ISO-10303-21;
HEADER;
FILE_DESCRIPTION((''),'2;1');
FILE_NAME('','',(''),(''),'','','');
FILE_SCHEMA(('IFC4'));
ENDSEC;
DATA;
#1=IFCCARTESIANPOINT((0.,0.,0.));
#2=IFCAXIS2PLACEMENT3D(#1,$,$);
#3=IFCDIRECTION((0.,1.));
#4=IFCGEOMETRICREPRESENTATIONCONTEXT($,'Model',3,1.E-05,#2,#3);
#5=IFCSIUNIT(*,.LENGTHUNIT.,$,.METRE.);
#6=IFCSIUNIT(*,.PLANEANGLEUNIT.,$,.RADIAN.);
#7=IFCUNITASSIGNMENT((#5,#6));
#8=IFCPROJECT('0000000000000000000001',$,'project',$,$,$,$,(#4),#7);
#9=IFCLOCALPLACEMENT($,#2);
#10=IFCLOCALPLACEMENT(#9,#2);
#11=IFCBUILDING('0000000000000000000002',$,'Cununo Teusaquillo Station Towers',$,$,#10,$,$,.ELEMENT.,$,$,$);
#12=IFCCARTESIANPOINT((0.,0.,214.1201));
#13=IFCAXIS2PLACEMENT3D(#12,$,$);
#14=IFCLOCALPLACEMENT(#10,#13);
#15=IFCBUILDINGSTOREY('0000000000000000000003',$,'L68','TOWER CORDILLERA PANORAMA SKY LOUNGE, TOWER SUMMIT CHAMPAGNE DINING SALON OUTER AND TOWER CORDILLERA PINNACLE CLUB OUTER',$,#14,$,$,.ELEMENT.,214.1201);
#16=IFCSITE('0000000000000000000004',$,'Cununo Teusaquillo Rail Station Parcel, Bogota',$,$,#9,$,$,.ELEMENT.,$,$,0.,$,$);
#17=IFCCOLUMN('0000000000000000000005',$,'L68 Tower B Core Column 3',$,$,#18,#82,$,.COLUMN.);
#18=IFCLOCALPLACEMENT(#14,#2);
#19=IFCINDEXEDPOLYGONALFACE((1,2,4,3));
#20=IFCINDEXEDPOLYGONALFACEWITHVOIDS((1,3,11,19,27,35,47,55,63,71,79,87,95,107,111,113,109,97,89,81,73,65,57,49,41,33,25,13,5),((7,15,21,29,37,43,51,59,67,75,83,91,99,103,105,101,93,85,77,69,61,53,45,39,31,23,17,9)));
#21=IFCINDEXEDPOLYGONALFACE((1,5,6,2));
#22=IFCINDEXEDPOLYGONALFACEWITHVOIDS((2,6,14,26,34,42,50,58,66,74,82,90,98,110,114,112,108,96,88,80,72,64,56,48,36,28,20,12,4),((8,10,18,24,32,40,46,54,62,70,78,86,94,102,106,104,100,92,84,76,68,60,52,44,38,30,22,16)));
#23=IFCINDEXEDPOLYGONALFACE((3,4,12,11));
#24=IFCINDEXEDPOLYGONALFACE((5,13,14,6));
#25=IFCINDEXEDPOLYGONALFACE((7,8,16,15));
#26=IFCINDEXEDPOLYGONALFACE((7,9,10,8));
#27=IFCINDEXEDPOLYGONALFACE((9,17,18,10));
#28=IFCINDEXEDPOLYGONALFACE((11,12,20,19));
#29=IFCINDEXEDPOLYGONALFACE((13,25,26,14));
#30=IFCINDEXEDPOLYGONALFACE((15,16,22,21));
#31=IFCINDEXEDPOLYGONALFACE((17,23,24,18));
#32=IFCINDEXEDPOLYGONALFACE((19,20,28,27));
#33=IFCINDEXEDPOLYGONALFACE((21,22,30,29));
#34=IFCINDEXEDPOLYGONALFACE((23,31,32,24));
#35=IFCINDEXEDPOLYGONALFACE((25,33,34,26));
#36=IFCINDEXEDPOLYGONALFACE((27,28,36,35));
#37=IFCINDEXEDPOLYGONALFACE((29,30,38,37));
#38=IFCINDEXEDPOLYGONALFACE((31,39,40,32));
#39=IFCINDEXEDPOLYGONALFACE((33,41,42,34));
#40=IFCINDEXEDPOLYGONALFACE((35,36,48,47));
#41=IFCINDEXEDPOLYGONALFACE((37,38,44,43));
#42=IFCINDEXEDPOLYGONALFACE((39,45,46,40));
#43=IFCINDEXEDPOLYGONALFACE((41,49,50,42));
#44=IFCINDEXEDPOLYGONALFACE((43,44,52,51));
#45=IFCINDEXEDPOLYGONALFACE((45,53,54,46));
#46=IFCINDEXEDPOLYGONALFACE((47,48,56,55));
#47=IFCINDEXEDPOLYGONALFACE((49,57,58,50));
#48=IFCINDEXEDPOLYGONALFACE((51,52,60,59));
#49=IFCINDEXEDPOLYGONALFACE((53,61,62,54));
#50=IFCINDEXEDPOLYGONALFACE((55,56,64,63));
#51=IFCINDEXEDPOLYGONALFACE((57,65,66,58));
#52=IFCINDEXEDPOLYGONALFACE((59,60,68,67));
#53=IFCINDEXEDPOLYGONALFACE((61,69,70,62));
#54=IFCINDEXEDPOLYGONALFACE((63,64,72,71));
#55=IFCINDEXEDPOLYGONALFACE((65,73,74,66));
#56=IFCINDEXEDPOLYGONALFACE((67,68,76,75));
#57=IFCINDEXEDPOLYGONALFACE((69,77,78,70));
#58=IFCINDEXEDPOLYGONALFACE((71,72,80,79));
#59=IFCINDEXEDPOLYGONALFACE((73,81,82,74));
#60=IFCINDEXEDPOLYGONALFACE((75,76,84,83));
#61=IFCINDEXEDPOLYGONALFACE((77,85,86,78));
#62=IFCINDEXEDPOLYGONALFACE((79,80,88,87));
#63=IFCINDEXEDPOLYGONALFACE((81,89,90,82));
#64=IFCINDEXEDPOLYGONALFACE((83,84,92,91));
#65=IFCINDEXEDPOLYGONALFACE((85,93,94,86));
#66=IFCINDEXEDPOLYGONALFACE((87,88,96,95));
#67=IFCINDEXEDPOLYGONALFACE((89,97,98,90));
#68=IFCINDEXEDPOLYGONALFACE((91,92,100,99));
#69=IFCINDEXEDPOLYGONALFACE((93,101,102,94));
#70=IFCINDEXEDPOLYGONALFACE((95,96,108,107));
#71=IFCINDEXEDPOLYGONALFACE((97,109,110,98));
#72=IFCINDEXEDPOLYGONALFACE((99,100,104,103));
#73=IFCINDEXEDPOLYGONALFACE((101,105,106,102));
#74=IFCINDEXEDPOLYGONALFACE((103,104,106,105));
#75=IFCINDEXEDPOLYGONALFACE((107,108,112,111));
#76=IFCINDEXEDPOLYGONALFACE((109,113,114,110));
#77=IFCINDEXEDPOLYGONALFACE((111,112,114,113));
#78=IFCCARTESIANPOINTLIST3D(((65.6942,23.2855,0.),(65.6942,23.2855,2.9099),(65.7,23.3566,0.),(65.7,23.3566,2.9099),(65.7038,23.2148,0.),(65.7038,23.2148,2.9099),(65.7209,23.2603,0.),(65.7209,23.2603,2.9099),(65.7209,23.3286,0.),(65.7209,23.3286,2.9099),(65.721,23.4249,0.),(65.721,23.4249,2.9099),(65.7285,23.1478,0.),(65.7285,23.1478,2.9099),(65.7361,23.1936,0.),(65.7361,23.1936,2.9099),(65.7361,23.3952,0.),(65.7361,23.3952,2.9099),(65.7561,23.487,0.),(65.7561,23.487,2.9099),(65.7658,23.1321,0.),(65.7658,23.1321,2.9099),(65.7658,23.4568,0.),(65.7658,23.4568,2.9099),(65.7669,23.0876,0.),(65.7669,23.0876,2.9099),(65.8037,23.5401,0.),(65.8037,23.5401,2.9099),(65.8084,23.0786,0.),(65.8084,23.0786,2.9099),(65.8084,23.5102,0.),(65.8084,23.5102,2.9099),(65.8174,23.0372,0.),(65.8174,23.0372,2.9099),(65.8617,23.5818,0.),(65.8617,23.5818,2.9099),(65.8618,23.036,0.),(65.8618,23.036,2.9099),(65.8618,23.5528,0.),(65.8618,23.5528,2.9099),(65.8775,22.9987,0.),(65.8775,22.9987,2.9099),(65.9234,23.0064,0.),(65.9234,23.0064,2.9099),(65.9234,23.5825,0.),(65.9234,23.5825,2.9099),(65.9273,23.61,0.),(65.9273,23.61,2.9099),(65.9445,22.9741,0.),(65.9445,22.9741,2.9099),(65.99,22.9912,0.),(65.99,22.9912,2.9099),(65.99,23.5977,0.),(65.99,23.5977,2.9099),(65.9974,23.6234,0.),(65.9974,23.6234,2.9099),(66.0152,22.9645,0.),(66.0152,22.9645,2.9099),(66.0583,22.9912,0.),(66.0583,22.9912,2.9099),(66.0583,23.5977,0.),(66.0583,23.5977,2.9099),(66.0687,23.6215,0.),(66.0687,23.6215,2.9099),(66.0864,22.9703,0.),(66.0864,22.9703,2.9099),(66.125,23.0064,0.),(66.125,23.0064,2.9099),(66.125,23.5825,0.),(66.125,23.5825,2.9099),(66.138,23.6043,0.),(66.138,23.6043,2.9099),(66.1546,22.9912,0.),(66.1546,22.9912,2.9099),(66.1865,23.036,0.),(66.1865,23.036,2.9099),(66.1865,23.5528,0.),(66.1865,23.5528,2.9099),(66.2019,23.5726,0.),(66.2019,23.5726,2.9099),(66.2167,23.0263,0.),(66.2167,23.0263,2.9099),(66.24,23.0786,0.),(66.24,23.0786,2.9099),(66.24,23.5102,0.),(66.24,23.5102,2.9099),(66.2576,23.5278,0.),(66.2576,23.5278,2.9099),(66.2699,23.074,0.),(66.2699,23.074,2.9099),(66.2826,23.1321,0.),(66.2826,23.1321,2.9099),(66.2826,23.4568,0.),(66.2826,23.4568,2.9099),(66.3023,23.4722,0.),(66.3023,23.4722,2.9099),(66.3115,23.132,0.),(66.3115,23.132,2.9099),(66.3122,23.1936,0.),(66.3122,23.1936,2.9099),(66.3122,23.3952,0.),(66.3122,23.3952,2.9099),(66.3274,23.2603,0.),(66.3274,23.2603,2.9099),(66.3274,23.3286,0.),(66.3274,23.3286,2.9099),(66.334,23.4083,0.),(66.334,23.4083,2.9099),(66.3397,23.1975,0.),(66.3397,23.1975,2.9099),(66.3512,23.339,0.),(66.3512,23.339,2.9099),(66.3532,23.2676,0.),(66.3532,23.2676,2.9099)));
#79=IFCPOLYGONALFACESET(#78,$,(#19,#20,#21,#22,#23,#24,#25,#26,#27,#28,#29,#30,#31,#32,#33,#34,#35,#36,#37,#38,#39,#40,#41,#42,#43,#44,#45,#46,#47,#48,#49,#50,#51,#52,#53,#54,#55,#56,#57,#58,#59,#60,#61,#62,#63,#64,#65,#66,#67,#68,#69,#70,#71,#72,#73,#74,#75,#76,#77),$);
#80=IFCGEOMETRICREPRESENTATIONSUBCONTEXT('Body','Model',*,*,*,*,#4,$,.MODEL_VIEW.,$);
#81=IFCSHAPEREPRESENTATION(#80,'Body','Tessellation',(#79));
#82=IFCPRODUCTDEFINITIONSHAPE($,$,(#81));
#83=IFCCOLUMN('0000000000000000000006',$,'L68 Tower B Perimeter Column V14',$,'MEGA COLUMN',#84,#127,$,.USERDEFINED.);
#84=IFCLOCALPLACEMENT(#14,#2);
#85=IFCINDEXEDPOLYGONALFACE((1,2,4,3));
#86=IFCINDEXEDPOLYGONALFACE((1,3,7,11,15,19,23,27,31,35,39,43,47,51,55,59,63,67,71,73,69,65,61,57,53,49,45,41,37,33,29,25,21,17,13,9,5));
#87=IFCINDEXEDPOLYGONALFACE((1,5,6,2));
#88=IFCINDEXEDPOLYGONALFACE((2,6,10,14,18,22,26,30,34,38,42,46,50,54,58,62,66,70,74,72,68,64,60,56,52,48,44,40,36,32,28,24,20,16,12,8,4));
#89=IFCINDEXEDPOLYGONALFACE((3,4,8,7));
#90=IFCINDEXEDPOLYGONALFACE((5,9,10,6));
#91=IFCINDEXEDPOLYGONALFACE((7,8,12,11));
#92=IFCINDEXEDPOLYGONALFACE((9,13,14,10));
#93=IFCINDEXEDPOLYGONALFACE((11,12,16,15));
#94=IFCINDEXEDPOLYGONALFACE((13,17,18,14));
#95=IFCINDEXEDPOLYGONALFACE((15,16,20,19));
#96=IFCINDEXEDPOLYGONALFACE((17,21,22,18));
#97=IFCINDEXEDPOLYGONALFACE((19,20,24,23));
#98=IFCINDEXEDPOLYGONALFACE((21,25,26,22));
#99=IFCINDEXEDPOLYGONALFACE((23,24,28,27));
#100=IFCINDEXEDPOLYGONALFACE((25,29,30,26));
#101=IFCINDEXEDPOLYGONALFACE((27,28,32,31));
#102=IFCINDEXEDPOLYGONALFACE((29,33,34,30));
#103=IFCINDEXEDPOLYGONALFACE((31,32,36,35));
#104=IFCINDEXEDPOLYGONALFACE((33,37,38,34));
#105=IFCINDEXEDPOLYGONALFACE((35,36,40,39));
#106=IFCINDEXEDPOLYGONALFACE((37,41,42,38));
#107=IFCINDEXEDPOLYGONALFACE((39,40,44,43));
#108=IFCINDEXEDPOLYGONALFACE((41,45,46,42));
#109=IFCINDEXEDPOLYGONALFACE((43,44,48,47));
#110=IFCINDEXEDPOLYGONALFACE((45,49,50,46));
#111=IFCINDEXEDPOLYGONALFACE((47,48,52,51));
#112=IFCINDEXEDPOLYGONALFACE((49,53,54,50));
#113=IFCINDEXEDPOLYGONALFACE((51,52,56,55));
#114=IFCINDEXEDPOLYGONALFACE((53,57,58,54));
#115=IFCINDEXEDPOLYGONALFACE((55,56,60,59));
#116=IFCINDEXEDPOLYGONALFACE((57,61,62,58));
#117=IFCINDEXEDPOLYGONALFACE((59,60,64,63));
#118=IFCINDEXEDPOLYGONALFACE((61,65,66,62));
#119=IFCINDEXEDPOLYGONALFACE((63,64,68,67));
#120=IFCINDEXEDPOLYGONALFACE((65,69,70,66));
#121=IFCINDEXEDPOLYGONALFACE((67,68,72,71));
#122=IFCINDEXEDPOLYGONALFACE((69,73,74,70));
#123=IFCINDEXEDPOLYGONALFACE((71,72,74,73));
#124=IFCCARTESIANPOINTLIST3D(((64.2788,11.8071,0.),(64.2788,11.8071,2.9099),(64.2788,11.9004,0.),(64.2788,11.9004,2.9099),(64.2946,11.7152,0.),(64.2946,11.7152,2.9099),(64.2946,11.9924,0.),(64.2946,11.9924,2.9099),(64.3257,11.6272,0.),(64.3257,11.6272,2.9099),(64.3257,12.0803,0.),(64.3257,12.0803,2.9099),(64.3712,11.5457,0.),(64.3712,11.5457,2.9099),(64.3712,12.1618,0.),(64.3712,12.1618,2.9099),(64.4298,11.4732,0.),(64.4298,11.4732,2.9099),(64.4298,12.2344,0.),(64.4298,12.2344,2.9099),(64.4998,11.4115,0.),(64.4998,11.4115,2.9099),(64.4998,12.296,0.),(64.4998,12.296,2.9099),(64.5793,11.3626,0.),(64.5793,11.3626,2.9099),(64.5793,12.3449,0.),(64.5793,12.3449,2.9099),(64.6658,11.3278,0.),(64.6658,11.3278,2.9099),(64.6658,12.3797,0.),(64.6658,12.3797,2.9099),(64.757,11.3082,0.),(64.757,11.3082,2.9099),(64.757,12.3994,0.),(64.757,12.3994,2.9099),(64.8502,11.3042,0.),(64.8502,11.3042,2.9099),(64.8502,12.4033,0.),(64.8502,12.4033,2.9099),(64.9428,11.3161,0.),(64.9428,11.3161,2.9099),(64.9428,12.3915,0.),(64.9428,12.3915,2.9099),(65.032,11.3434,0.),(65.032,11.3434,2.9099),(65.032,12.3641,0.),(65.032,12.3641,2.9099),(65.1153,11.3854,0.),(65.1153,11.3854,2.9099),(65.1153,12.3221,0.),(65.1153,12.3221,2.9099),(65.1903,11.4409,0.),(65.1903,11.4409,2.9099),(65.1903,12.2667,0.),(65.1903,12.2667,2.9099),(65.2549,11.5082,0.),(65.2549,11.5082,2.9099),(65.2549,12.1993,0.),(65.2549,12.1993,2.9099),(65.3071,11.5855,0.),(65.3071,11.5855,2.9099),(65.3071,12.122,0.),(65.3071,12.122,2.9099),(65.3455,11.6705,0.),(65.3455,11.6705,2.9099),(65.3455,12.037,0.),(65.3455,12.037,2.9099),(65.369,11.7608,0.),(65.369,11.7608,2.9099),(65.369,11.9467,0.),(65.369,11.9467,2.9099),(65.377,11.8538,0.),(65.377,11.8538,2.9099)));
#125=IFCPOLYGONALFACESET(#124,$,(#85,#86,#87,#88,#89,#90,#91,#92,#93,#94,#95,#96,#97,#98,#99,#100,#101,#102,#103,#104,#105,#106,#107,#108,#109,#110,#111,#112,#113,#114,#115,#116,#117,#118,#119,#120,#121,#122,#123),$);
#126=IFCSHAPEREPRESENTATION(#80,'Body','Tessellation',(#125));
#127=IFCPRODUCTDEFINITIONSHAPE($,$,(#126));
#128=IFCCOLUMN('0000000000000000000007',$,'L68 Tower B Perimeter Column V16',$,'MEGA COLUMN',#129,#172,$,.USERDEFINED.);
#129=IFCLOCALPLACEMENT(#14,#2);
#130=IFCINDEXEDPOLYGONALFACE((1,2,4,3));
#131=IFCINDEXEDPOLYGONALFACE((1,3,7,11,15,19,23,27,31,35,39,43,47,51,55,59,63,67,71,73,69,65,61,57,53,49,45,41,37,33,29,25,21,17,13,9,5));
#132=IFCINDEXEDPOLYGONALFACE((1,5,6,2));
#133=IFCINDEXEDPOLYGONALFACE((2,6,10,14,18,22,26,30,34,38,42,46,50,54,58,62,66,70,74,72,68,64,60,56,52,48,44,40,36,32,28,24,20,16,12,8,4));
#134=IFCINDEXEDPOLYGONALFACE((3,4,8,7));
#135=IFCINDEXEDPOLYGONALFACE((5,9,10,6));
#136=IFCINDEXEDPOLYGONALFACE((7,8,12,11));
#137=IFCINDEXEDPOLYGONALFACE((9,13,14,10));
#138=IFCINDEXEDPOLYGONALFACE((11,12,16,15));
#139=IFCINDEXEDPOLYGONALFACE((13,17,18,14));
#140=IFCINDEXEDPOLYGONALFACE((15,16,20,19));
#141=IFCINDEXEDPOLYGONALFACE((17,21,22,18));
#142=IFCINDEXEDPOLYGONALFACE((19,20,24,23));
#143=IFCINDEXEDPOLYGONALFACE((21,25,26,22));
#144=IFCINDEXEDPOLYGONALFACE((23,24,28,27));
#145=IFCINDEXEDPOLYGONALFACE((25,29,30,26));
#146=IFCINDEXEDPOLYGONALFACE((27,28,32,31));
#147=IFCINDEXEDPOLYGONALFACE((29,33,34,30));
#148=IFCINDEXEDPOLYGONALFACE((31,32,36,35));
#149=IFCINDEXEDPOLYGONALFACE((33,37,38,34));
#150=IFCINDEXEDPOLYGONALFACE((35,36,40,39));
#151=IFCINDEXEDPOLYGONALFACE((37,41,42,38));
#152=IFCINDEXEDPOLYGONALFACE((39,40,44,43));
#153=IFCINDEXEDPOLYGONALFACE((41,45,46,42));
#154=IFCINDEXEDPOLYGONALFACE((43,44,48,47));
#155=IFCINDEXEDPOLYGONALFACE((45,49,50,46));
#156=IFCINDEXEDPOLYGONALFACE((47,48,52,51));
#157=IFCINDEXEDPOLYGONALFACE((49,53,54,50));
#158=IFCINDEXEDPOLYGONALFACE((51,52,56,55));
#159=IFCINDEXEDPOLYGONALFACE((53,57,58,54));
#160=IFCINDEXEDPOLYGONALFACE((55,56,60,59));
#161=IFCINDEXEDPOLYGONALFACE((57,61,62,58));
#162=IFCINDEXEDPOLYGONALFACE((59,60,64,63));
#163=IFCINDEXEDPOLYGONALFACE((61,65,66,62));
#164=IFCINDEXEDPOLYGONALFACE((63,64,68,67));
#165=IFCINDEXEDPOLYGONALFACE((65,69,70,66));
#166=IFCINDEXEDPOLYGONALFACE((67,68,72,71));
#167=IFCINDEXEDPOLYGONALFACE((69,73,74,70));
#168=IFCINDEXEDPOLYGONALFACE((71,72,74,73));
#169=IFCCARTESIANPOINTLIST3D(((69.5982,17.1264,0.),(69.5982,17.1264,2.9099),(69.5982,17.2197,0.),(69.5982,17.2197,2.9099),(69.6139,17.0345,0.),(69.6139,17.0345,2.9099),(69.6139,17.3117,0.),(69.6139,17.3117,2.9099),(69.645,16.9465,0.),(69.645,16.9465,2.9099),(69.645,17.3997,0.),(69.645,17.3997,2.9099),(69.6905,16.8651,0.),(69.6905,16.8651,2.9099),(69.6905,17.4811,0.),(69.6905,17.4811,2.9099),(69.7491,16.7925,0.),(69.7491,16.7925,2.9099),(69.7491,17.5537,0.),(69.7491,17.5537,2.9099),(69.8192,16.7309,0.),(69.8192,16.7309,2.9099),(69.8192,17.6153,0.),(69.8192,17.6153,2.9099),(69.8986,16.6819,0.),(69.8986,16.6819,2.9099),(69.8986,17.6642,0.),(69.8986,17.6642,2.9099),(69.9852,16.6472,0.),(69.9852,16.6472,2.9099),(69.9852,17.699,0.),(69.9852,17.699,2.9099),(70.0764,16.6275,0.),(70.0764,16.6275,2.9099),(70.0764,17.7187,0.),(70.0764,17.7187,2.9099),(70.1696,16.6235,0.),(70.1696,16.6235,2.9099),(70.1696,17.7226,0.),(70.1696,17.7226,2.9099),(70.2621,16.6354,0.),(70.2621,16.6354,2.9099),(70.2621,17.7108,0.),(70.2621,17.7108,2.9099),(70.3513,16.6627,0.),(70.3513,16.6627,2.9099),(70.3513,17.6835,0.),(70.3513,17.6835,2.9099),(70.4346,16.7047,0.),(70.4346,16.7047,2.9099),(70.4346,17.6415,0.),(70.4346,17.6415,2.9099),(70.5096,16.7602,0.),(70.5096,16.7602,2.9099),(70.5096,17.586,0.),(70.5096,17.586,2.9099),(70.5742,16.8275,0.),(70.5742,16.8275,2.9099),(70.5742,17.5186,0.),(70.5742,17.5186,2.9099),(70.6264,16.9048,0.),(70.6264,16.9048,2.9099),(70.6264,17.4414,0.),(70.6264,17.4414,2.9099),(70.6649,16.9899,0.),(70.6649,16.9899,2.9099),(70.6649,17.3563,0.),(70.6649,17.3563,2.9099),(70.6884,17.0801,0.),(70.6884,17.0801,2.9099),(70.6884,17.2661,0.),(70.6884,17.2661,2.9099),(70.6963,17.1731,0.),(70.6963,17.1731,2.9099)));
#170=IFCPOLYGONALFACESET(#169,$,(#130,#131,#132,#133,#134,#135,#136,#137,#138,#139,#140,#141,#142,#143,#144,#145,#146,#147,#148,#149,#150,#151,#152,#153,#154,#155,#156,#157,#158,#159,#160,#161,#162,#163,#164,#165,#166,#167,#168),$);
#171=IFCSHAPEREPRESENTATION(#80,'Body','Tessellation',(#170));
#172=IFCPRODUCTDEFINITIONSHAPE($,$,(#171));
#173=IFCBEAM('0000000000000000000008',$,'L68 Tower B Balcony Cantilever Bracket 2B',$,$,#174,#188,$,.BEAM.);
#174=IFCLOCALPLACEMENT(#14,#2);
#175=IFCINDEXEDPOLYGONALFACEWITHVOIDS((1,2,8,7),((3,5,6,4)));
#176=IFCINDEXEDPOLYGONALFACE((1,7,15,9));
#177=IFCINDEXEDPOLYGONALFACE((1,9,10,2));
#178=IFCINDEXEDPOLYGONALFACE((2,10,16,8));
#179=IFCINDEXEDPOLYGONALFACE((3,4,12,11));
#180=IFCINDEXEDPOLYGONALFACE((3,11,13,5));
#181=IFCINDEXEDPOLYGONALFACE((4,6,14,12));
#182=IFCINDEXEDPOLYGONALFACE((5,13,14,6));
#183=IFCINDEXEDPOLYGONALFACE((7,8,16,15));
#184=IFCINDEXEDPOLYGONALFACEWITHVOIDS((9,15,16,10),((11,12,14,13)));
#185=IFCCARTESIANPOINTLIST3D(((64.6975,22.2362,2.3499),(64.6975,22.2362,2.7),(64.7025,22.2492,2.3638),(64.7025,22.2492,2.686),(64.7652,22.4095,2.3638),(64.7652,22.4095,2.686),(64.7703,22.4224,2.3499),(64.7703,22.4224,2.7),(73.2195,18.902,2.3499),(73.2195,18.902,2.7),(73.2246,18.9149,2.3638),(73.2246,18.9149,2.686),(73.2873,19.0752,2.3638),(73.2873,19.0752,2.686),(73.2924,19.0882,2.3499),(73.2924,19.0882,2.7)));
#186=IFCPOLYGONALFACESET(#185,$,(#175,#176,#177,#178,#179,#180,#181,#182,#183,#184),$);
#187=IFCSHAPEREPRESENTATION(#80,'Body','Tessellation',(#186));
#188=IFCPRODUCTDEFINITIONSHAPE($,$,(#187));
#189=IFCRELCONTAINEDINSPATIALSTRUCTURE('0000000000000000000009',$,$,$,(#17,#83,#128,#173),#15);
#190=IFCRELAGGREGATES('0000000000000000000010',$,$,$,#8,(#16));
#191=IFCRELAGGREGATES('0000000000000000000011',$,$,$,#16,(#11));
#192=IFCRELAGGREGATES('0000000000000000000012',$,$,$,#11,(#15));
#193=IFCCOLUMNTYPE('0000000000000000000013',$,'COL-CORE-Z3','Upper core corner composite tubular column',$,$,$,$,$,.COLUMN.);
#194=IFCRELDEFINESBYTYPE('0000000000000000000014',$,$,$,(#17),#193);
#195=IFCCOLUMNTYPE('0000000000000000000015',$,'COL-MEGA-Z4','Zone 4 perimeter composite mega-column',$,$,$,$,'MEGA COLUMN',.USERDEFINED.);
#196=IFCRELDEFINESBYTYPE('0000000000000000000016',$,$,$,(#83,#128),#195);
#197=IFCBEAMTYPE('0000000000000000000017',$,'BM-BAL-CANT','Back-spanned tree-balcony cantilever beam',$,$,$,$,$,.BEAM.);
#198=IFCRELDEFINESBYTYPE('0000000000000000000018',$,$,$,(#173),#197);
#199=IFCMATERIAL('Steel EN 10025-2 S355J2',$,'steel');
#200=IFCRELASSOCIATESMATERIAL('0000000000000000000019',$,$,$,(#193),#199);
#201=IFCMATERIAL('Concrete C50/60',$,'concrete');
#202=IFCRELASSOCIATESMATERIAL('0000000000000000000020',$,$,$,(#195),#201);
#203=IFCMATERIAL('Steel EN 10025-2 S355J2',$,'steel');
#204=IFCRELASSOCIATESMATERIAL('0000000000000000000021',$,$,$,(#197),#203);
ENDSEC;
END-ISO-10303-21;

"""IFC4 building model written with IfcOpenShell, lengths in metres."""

from ifc_helpers import new_model, si_unit, direction, frame, origin, origin_2d, place, context, subcontext, project, spatial, hollow_rectangle, circle, hollow_circle, extrude, material, material_profile, profile_set, type_object, element, save


model = new_model("IFC4")

# Units and contexts
model_context = context("Model", 3, precision=1e-05, world=origin(), true_north=direction((0.0, 1.0)))
body_context = subcontext(model_context, "Body", "Model", "MODEL_VIEW")
ifc_project = project(units=[si_unit("LENGTHUNIT", "METRE"), si_unit("PLANEANGLEUNIT", "RADIAN")], contexts=[model_context])

# Site, building, storey
site_placement = place(None, origin())
site = spatial("IfcSite", under=ifc_project, at=site_placement, Name="Cununo Teusaquillo Rail Station Parcel, Bogota", CompositionType="ELEMENT", RefElevation=0.0)
building_placement = place(site_placement, origin())
building = spatial("IfcBuilding", under=site, at=building_placement, Name="Cununo Teusaquillo Station Towers", CompositionType="ELEMENT")
storey_placement = place(building_placement, frame((0.0, 0.0, 214.1201)))
storey = spatial("IfcBuildingStorey", under=building, at=storey_placement, Name="L68", Description="TOWER CORDILLERA PANORAMA SKY LOUNGE, TOWER SUMMIT CHAMPAGNE DINING SALON OUTER AND TOWER CORDILLERA PINNACLE CLUB OUTER", CompositionType="ELEMENT", Elevation=214.1201)

# Columns
ifc_material_1 = material(Name="Steel EN 10025-2 S355J2", Category="steel")
ifc_material_profile_1 = material_profile(ifc_material_1, hollow_circle(Radius=0.3301, WallThickness=0.0249, at=origin_2d()), Name="CHS 660x25")
ifc_profile_set_1 = profile_set([ifc_material_profile_1], Name="Steel EN 10025-2 S355J2")
column_type_1 = type_object("IfcColumnType", Name="COL-CORE-Z3", Description="Upper core corner composite tubular column", PredefinedType="COLUMN", material=ifc_profile_set_1)
column_placement = place(storey_placement, frame((66.0242, 23.2944, 0.0), z_axis=(0.0, 0.0, 1.0), x_axis=(0.707107, 0.707107, 0.0)))
element("IfcColumn", 1, at=column_placement, inside=storey, type_object=column_type_1, Name="L68 Tower B Core Column 3", PredefinedType="COLUMN", context=body_context, shape_type="SweptSolid", body=[
    extrude(hollow_circle(Radius=0.3301, WallThickness=0.0249, at=origin_2d()), origin(), (0.0, 0.0, 1.0), 2.9099),
])
ifc_material_2 = material(Name="Concrete C50/60", Category="concrete")
ifc_material_profile_2 = material_profile(ifc_material_2, circle(Radius=0.55, at=origin_2d()), Name="RC-CIRC-1100")
ifc_profile_set_2 = profile_set([ifc_material_profile_2], Name="Concrete C50/60")
column_type_2 = type_object("IfcColumnType", Name="COL-MEGA-Z4", Description="Zone 4 perimeter composite mega-column", ElementType="MEGA COLUMN", PredefinedType="USERDEFINED", material=ifc_profile_set_2)
for number, where, z_axis, x_axis, name in (
    (2, (64.8269, 11.8538, 0.0), (0.0, 0.0, 1.0), (1.0, 0.0, 0.0), "L68 Tower B Perimeter Column V14"),
    (3, (70.1462, 17.1731, 0.0), (0.0, 0.0, 1.0), (1.0, 0.0, 0.0), "L68 Tower B Perimeter Column V16"),
):
    element("IfcColumn", number, at=place(storey_placement, frame(where, z_axis=z_axis, x_axis=x_axis)), inside=storey, type_object=column_type_2, Name=name, ObjectType="MEGA COLUMN", PredefinedType="USERDEFINED", context=body_context, shape_type="SweptSolid", body=[
        extrude(circle(Radius=0.55, at=origin_2d()), origin(), (0.0, 0.0, 1.0), 2.9099),
    ])

# Beam
ifc_material_3 = material(Name="Steel EN 10025-2 S355J2", Category="steel")
ifc_material_profile_3 = material_profile(ifc_material_3, hollow_rectangle(XDim=0.2, YDim=0.3501, WallThickness=0.0139, at=origin_2d()), Name="RHS 350x200x14")
ifc_profile_set_3 = profile_set([ifc_material_profile_3], Name="Steel EN 10025-2 S355J2")
beam_type_1 = type_object("IfcBeamType", Name="BM-BAL-CANT", Description="Back-spanned tree-balcony cantilever beam", PredefinedType="BEAM", material=ifc_profile_set_3)
beam_1_placement = place(storey_placement, frame((64.7339, 22.3293, 2.5249), z_axis=(0.93126, -0.364356, 0.0), x_axis=(0.364356, 0.93126, 0.0)))
element("IfcBeam", 4, at=beam_1_placement, inside=storey, type_object=beam_type_1, Name="L68 Tower B Balcony Cantilever Bracket 2B", PredefinedType="BEAM", context=body_context, shape_type="SweptSolid", body=[
    extrude(hollow_rectangle(XDim=0.2, YDim=0.3501, WallThickness=0.0139, at=origin_2d()), origin(), (0.0, 0.0, 1.0), 9.1511),
])

save(model, "model.ifc")
